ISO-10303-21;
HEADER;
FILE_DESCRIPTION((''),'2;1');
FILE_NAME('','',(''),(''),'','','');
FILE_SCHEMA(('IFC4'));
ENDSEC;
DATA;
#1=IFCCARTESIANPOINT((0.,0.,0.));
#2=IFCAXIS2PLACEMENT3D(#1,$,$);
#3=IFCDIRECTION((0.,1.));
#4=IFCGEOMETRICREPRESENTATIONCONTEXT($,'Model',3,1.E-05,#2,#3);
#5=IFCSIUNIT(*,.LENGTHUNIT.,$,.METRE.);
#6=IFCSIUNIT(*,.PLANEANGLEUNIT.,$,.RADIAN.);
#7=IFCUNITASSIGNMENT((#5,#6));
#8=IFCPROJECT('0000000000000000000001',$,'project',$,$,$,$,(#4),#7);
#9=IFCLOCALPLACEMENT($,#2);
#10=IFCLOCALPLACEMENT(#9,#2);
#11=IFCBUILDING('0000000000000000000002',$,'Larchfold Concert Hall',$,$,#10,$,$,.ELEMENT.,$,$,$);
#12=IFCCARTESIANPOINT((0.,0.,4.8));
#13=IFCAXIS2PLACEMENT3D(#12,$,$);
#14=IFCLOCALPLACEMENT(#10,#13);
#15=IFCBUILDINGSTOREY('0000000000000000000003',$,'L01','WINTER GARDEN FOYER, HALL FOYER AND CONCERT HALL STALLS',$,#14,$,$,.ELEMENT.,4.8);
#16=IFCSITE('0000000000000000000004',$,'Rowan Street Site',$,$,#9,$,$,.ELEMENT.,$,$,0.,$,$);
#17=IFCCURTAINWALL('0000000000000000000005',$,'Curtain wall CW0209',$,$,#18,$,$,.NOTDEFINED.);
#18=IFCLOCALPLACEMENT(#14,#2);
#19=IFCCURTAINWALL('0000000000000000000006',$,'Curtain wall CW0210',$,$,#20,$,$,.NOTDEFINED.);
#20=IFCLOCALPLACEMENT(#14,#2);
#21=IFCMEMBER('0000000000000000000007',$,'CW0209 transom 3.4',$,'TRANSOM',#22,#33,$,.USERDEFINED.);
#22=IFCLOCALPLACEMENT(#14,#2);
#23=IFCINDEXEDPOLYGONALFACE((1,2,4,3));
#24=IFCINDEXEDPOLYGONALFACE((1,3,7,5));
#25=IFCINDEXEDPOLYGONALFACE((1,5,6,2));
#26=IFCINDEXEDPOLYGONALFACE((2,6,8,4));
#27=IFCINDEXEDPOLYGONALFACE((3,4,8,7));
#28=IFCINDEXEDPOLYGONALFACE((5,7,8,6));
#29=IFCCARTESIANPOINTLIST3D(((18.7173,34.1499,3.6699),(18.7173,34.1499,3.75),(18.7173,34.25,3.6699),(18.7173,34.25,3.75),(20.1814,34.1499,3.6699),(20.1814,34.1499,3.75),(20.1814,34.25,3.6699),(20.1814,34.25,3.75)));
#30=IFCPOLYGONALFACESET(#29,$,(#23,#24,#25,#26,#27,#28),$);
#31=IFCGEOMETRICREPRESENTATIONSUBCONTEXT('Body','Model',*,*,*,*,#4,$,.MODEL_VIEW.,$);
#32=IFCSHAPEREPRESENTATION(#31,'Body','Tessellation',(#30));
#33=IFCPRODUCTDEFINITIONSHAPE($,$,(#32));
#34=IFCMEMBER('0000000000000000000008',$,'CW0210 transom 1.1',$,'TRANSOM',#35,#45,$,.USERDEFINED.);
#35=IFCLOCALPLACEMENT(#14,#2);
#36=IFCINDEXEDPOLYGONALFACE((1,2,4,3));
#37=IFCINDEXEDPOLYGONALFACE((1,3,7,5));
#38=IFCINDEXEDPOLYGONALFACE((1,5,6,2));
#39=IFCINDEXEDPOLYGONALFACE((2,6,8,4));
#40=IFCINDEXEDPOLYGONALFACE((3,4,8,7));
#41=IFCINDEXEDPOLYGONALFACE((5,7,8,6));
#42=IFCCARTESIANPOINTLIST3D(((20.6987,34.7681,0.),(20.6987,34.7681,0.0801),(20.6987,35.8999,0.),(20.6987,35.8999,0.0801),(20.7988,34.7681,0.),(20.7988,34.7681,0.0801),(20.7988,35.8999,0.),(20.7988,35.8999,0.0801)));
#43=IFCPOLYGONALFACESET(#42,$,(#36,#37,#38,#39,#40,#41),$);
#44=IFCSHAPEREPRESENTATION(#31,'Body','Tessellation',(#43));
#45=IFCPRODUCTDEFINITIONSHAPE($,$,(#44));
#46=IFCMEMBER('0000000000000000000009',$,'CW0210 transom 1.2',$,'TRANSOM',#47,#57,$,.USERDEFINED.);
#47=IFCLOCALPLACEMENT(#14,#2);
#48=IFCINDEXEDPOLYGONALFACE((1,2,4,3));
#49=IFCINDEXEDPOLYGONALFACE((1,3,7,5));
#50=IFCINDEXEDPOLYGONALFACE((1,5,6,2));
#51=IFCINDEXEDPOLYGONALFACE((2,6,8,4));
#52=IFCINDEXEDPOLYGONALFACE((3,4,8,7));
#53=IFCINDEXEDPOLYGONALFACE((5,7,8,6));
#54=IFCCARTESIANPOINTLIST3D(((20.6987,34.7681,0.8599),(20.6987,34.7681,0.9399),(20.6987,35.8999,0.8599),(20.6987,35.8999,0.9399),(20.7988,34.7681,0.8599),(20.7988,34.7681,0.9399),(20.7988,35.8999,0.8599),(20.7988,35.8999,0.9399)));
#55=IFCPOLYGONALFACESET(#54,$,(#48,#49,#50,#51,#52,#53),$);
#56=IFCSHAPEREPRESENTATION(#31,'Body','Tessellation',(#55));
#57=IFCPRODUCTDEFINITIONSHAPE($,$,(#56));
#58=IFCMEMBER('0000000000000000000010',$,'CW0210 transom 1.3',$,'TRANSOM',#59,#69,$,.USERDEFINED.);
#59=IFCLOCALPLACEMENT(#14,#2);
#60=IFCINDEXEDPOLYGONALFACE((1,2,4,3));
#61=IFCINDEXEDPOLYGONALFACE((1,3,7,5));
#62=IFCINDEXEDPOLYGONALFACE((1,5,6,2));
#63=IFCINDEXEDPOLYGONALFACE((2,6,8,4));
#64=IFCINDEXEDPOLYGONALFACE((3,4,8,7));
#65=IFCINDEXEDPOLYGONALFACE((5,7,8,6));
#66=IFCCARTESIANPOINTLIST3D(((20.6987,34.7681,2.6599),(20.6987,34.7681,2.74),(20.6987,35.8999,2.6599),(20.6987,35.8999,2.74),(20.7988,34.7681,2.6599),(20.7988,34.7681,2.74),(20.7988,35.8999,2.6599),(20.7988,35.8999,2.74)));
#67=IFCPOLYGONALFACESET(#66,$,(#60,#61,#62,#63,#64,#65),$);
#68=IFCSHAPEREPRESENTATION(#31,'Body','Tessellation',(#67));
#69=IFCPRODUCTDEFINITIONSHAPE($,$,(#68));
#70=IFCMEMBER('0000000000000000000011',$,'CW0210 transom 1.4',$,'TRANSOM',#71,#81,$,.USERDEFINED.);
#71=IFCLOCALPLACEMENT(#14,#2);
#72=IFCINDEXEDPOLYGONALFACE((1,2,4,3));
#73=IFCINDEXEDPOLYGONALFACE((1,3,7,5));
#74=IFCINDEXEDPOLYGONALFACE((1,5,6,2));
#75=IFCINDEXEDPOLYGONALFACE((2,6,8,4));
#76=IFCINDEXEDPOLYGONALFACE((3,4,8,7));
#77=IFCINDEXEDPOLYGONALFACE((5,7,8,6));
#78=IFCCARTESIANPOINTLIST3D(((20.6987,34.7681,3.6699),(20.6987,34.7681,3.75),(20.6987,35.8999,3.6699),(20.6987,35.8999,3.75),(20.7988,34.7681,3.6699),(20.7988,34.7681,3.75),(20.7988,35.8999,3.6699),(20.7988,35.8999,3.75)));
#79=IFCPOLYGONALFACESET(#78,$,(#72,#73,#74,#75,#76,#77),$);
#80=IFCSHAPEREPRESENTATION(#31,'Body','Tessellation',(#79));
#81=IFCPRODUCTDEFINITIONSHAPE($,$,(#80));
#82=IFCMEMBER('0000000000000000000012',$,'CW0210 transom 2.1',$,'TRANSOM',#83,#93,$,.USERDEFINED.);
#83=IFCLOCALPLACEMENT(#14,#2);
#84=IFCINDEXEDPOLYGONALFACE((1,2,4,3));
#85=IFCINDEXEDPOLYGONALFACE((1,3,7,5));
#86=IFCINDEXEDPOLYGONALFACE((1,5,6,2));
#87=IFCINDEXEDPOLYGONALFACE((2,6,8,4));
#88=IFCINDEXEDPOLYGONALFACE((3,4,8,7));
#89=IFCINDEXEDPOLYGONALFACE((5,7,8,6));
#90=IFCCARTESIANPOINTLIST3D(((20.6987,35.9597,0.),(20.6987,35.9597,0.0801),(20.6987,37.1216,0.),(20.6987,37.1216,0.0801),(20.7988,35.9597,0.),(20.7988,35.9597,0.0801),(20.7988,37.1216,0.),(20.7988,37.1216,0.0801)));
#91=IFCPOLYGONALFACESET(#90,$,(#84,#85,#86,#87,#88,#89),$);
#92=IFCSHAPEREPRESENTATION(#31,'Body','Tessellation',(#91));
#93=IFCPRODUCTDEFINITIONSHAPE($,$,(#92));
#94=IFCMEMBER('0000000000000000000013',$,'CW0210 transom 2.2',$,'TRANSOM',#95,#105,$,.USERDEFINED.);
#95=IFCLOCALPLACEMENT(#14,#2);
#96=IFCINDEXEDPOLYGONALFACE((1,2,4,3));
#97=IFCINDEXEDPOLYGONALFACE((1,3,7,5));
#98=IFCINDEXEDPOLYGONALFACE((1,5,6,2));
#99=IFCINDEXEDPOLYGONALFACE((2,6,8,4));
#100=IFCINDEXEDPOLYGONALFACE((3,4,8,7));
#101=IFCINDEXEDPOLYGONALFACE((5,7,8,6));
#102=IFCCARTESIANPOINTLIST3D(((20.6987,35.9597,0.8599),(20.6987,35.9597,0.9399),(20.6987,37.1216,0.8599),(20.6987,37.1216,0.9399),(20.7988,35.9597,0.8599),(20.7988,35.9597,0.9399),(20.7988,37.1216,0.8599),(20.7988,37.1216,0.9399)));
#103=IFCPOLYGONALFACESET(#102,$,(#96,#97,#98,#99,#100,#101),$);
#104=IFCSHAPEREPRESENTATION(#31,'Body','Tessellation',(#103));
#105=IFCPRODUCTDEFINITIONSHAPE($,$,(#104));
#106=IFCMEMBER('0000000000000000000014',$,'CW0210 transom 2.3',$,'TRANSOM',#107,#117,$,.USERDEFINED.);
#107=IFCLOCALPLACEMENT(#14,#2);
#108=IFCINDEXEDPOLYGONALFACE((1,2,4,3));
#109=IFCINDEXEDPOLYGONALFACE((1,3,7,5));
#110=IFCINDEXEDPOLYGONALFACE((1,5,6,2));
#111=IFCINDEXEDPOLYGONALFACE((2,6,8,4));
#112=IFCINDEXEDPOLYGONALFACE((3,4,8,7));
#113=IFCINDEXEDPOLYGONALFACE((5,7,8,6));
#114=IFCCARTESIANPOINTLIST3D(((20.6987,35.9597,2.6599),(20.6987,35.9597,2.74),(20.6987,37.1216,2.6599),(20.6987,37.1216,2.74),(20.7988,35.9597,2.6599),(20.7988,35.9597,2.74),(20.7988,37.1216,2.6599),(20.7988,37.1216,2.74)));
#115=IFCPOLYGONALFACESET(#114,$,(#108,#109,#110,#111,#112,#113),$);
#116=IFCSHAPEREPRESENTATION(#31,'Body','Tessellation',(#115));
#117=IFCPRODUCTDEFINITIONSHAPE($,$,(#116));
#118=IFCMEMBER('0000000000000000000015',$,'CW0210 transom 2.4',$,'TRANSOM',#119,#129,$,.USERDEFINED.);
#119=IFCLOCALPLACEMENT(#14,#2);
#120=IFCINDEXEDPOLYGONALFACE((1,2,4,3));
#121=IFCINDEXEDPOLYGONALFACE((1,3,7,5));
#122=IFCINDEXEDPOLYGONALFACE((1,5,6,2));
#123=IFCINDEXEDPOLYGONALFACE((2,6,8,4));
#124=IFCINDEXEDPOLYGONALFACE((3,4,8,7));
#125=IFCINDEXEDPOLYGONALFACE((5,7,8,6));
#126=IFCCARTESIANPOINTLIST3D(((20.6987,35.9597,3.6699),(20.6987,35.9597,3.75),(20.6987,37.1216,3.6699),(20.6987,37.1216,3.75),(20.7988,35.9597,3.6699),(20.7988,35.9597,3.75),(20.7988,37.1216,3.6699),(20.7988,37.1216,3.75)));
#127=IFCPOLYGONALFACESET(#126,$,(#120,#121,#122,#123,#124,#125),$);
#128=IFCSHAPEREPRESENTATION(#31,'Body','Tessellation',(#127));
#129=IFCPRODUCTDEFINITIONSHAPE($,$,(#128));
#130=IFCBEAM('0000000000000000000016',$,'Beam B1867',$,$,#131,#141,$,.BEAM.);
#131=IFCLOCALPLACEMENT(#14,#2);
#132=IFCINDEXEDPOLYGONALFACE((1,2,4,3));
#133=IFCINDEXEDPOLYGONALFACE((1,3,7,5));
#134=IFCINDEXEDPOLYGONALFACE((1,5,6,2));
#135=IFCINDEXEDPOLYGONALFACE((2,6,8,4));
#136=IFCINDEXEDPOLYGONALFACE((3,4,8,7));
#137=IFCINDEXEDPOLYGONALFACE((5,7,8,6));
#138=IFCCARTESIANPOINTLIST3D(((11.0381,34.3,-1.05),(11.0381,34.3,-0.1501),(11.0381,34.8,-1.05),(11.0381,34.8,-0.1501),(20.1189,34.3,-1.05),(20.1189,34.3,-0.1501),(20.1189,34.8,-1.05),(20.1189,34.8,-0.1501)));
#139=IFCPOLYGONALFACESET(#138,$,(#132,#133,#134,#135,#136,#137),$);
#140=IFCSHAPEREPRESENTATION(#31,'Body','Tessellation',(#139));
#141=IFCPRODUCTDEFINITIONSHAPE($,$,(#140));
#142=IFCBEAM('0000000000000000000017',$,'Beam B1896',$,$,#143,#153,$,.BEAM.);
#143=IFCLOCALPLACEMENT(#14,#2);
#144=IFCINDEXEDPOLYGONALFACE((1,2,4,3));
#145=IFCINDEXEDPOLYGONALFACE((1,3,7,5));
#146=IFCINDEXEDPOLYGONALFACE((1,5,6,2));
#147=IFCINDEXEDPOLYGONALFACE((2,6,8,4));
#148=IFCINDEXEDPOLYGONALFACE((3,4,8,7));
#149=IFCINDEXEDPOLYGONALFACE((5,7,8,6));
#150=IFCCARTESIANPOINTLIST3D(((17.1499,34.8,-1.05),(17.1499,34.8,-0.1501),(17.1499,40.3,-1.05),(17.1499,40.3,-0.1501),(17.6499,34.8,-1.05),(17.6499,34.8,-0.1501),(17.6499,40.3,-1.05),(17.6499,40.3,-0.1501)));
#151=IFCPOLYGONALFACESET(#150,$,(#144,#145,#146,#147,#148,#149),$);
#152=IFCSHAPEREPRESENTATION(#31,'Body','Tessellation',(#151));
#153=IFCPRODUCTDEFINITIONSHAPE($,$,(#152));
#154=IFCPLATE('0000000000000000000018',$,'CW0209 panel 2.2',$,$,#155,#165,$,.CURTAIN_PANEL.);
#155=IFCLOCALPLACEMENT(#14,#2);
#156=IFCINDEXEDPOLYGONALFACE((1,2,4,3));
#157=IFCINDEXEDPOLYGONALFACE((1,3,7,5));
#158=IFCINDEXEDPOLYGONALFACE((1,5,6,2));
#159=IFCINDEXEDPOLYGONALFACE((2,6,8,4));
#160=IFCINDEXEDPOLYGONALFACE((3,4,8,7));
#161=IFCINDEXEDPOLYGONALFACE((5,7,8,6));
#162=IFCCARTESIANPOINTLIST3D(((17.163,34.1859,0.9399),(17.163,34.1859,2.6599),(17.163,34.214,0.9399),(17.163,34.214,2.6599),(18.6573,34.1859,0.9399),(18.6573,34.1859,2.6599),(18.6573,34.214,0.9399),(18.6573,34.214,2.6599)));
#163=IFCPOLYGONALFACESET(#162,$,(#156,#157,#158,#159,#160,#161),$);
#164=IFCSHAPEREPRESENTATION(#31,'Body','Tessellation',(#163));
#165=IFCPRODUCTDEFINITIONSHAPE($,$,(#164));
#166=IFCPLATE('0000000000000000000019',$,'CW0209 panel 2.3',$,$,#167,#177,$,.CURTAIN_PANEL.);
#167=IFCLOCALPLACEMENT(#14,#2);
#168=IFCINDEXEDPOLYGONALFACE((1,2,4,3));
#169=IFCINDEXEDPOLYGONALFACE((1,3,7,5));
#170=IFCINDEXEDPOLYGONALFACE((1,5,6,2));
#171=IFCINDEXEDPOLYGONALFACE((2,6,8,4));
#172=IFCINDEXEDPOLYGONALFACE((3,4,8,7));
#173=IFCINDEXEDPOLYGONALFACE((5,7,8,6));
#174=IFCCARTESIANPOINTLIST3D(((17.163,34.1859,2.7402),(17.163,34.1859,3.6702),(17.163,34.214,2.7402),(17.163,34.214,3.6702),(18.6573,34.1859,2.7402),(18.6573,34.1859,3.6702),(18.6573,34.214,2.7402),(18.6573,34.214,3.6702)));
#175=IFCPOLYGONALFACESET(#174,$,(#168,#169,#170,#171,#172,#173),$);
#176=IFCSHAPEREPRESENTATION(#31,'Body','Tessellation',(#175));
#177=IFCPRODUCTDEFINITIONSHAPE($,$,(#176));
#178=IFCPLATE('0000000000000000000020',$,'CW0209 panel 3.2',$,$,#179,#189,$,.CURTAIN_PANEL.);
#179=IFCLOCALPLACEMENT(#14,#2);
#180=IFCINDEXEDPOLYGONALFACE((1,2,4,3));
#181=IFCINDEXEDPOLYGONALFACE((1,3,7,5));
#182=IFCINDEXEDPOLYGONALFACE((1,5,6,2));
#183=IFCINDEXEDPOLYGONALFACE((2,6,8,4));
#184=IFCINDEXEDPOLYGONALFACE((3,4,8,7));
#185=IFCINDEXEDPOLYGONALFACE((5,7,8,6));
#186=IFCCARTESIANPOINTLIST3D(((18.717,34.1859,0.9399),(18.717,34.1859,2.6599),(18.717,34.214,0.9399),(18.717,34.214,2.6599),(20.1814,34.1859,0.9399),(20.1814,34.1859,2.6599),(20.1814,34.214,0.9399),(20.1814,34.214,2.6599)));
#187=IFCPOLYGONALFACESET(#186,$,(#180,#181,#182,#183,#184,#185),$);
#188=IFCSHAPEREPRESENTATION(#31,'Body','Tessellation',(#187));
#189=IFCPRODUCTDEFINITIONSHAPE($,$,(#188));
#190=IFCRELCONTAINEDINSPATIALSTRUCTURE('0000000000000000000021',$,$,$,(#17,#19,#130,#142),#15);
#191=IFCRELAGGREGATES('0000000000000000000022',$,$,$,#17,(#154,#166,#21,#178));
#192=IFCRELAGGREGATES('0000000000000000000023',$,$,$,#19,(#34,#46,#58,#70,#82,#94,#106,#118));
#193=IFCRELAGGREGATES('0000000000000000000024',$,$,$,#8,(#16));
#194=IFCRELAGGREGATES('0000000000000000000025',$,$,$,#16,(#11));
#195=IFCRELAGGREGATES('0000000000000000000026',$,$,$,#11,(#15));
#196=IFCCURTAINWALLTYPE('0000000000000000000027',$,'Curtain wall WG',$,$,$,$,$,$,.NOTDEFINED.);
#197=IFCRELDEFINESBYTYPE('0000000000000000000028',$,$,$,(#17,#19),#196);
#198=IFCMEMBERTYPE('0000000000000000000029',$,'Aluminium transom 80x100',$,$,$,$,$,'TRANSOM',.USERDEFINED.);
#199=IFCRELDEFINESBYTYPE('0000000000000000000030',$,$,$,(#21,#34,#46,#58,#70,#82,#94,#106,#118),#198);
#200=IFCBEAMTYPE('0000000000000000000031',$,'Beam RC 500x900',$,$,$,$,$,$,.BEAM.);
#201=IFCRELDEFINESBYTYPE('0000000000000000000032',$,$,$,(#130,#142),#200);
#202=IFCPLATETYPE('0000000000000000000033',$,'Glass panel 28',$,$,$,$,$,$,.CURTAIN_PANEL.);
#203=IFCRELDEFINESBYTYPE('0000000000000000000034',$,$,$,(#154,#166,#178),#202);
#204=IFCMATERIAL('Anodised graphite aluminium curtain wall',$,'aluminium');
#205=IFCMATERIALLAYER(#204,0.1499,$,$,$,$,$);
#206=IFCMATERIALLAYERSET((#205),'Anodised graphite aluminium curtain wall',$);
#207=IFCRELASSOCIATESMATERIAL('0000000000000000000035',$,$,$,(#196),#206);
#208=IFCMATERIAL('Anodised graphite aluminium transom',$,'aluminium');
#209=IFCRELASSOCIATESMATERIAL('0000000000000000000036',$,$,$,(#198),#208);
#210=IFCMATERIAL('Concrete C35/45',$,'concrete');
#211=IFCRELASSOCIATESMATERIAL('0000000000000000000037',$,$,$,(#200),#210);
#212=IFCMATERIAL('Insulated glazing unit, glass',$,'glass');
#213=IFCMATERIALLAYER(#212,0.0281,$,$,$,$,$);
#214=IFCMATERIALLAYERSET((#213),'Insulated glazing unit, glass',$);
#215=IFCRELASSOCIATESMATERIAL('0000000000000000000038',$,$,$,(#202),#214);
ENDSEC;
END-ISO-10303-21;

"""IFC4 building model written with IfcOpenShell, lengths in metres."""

from ifc_helpers import new_model, si_unit, direction, frame, origin, origin_2d, place, context, subcontext, project, spatial, rectangle, extrude, material, layer, layer_set, material_profile, profile_set, type_object, element, aggregate, save


model = new_model("IFC4")

# Units and contexts
model_context = context("Model", 3, precision=1e-05, world=origin(), true_north=direction((0.0, 1.0)))
body_context = subcontext(model_context, "Body", "Model", "MODEL_VIEW")
ifc_project = project(units=[si_unit("LENGTHUNIT", "METRE"), si_unit("PLANEANGLEUNIT", "RADIAN")], contexts=[model_context])

# Site, building, storey
site_placement = place(None, origin())
site = spatial("IfcSite", under=ifc_project, at=site_placement, Name="Rowan Street Site", CompositionType="ELEMENT", RefElevation=0.0)
building_placement = place(site_placement, origin())
building = spatial("IfcBuilding", under=site, at=building_placement, Name="Larchfold Concert Hall", CompositionType="ELEMENT")
storey_placement = place(building_placement, frame((0.0, 0.0, 4.8)))
storey = spatial("IfcBuildingStorey", under=building, at=storey_placement, Name="L01", Description="WINTER GARDEN FOYER, HALL FOYER AND CONCERT HALL STALLS", CompositionType="ELEMENT", Elevation=4.8)

# Curtain walls
ifc_material_1 = material(Name="Anodised graphite aluminium curtain wall", Category="aluminium")
ifc_layer_1 = layer(ifc_material_1, 0.1499)
ifc_layer_set_1 = layer_set([ifc_layer_1], Name="Anodised graphite aluminium curtain wall")
curtain_wall_type = type_object("IfcCurtainWallType", Name="Curtain wall WG", PredefinedType="NOTDEFINED", material=ifc_layer_set_1)
curtain_wall_1_placement = place(storey_placement, origin())
curtain_wall_1 = element("IfcCurtainWall", 1, at=curtain_wall_1_placement, inside=storey, type_object=curtain_wall_type, Name="Curtain wall CW0209", PredefinedType="NOTDEFINED")
curtain_wall_2_placement = place(storey_placement, origin())
curtain_wall_2 = element("IfcCurtainWall", 2, at=curtain_wall_2_placement, inside=storey, type_object=curtain_wall_type, Name="Curtain wall CW0210", PredefinedType="NOTDEFINED")

# Members
ifc_material_2 = material(Name="Anodised graphite aluminium transom", Category="aluminium")
ifc_material_profile_1 = material_profile(ifc_material_2, rectangle(XDim=0.1001, YDim=0.0801, at=origin_2d()))
ifc_profile_set_1 = profile_set([ifc_material_profile_1], Name="Anodised graphite aluminium transom")
member_type_1 = type_object("IfcMemberType", Name="Aluminium transom 80x100", ElementType="TRANSOM", PredefinedType="USERDEFINED", material=ifc_profile_set_1)
member_1_placement = place(storey_placement, frame((18.7173, 34.2, 3.71), z_axis=(1.0, 0.0, 0.0), x_axis=(0.0, 1.0, 0.0)))
member_1 = element("IfcMember", 3, at=member_1_placement, type_object=member_type_1, Name="CW0209 transom 3.4", ObjectType="TRANSOM", PredefinedType="USERDEFINED", context=body_context, shape_type="SweptSolid", body=[
    extrude(rectangle(XDim=0.1001, YDim=0.0801, at=origin_2d()), origin(), (0.0, 0.0, 1.0), 1.4641),
])
member_2_placement = place(storey_placement, frame((20.7488, 34.7681, 0.04), z_axis=(0.0, 1.0, 0.0), x_axis=(-1.0, 0.0, 0.0)))
member_2 = element("IfcMember", 4, at=member_2_placement, type_object=member_type_1, Name="CW0210 transom 1.1", ObjectType="TRANSOM", PredefinedType="USERDEFINED", context=body_context, shape_type="SweptSolid", body=[
    extrude(rectangle(XDim=0.1001, YDim=0.0801, at=origin_2d()), origin(), (0.0, 0.0, 1.0), 1.1318),
])
member_3_placement = place(storey_placement, frame((20.7488, 34.7681, 0.8999), z_axis=(0.0, 1.0, 0.0), x_axis=(-1.0, 0.0, 0.0)))
member_3 = element("IfcMember", 5, at=member_3_placement, type_object=member_type_1, Name="CW0210 transom 1.2", ObjectType="TRANSOM", PredefinedType="USERDEFINED", context=body_context, shape_type="SweptSolid", body=[
    extrude(rectangle(XDim=0.1001, YDim=0.0801, at=origin_2d()), origin(), (0.0, 0.0, 1.0), 1.1318),
])
member_4_placement = place(storey_placement, frame((20.7488, 34.7681, 2.7), z_axis=(0.0, 1.0, 0.0), x_axis=(-1.0, 0.0, 0.0)))
member_4 = element("IfcMember", 6, at=member_4_placement, type_object=member_type_1, Name="CW0210 transom 1.3", ObjectType="TRANSOM", PredefinedType="USERDEFINED", context=body_context, shape_type="SweptSolid", body=[
    extrude(rectangle(XDim=0.1001, YDim=0.0801, at=origin_2d()), origin(), (0.0, 0.0, 1.0), 1.1318),
])
member_5_placement = place(storey_placement, frame((20.7488, 34.7681, 3.71), z_axis=(0.0, 1.0, 0.0), x_axis=(-1.0, 0.0, 0.0)))
member_5 = element("IfcMember", 7, at=member_5_placement, type_object=member_type_1, Name="CW0210 transom 1.4", ObjectType="TRANSOM", PredefinedType="USERDEFINED", context=body_context, shape_type="SweptSolid", body=[
    extrude(rectangle(XDim=0.1001, YDim=0.0801, at=origin_2d()), origin(), (0.0, 0.0, 1.0), 1.1318),
])
member_6_placement = place(storey_placement, frame((20.7488, 35.9597, 0.04), z_axis=(0.0, 1.0, 0.0), x_axis=(-1.0, 0.0, 0.0)))
member_6 = element("IfcMember", 8, at=member_6_placement, type_object=member_type_1, Name="CW0210 transom 2.1", ObjectType="TRANSOM", PredefinedType="USERDEFINED", context=body_context, shape_type="SweptSolid", body=[
    extrude(rectangle(XDim=0.1001, YDim=0.0801, at=origin_2d()), origin(), (0.0, 0.0, 1.0), 1.1619),
])
member_7_placement = place(storey_placement, frame((20.7488, 35.9597, 0.8999), z_axis=(0.0, 1.0, 0.0), x_axis=(-1.0, 0.0, 0.0)))
member_7 = element("IfcMember", 9, at=member_7_placement, type_object=member_type_1, Name="CW0210 transom 2.2", ObjectType="TRANSOM", PredefinedType="USERDEFINED", context=body_context, shape_type="SweptSolid", body=[
    extrude(rectangle(XDim=0.1001, YDim=0.0801, at=origin_2d()), origin(), (0.0, 0.0, 1.0), 1.1619),
])
member_8_placement = place(storey_placement, frame((20.7488, 35.9597, 2.7), z_axis=(0.0, 1.0, 0.0), x_axis=(-1.0, 0.0, 0.0)))
member_8 = element("IfcMember", 10, at=member_8_placement, type_object=member_type_1, Name="CW0210 transom 2.3", ObjectType="TRANSOM", PredefinedType="USERDEFINED", context=body_context, shape_type="SweptSolid", body=[
    extrude(rectangle(XDim=0.1001, YDim=0.0801, at=origin_2d()), origin(), (0.0, 0.0, 1.0), 1.1619),
])
member_9_placement = place(storey_placement, frame((20.7488, 35.9597, 3.71), z_axis=(0.0, 1.0, 0.0), x_axis=(-1.0, 0.0, 0.0)))
member_9 = element("IfcMember", 11, at=member_9_placement, type_object=member_type_1, Name="CW0210 transom 2.4", ObjectType="TRANSOM", PredefinedType="USERDEFINED", context=body_context, shape_type="SweptSolid", body=[
    extrude(rectangle(XDim=0.1001, YDim=0.0801, at=origin_2d()), origin(), (0.0, 0.0, 1.0), 1.1619),
])

# Beams
ifc_material_3 = material(Name="Concrete C35/45", Category="concrete")
ifc_material_profile_2 = material_profile(ifc_material_3, rectangle(XDim=0.5, YDim=0.8999, at=origin_2d()))
ifc_profile_set_2 = profile_set([ifc_material_profile_2], Name="Concrete C35/45")
beam_type = type_object("IfcBeamType", Name="Beam RC 500x900", PredefinedType="BEAM", material=ifc_profile_set_2)
beam_1_placement = place(storey_placement, frame((20.1189, 34.55, -0.6001), z_axis=(-1.0, 0.0, 0.0), x_axis=(0.0, -1.0, 0.0)))
element("IfcBeam", 12, at=beam_1_placement, inside=storey, type_object=beam_type, Name="Beam B1867", PredefinedType="BEAM", context=body_context, shape_type="SweptSolid", body=[
    extrude(rectangle(XDim=0.5, YDim=0.8999, at=origin_2d()), origin(), (0.0, 0.0, 1.0), 9.0808),
])
beam_2_placement = place(storey_placement, frame((17.3999, 34.8, -0.6001), z_axis=(0.0, 1.0, 0.0), x_axis=(-1.0, 0.0, 0.0)))
element("IfcBeam", 13, at=beam_2_placement, inside=storey, type_object=beam_type, Name="Beam B1896", PredefinedType="BEAM", context=body_context, shape_type="SweptSolid", body=[
    extrude(rectangle(XDim=0.5, YDim=0.8999, at=origin_2d()), origin(), (0.0, 0.0, 1.0), 5.5),
])

# Plates
ifc_material_4 = material(Name="Insulated glazing unit, glass", Category="glass")
ifc_layer_2 = layer(ifc_material_4, 0.0281)
ifc_layer_set_2 = layer_set([ifc_layer_2], Name="Insulated glazing unit, glass")
plate_type_1 = type_object("IfcPlateType", Name="Glass panel 28", PredefinedType="CURTAIN_PANEL", material=ifc_layer_set_2)
plate_1_placement = place(storey_placement, frame((17.9102, 34.2, 0.9399), z_axis=(0.0, 0.0, 1.0), x_axis=(1.0, 0.0, 0.0)))
plate_1 = element("IfcPlate", 14, at=plate_1_placement, type_object=plate_type_1, Name="CW0209 panel 2.2", PredefinedType="CURTAIN_PANEL", context=body_context, shape_type="SweptSolid", body=[
    extrude(rectangle(XDim=1.4944, YDim=0.0281, at=origin_2d()), origin(), (0.0, 0.0, 1.0), 1.72),
])
plate_2_placement = place(storey_placement, frame((17.9102, 34.2, 2.7402), z_axis=(0.0, 0.0, 1.0), x_axis=(1.0, 0.0, 0.0)))
plate_2 = element("IfcPlate", 15, at=plate_2_placement, type_object=plate_type_1, Name="CW0209 panel 2.3", PredefinedType="CURTAIN_PANEL", context=body_context, shape_type="SweptSolid", body=[
    extrude(rectangle(XDim=1.4944, YDim=0.0281, at=origin_2d()), origin(), (0.0, 0.0, 1.0), 0.9299),
])
plate_3_placement = place(storey_placement, frame((19.4492, 34.2, 0.9399), z_axis=(0.0, 0.0, 1.0), x_axis=(1.0, 0.0, 0.0)))
plate_3 = element("IfcPlate", 16, at=plate_3_placement, type_object=plate_type_1, Name="CW0209 panel 3.2", PredefinedType="CURTAIN_PANEL", context=body_context, shape_type="SweptSolid", body=[
    extrude(rectangle(XDim=1.4644, YDim=0.0281, at=origin_2d()), origin(), (0.0, 0.0, 1.0), 1.72),
])
aggregate(curtain_wall_1, [plate_1, plate_2, member_1, plate_3])
aggregate(curtain_wall_2, [member_2, member_3, member_4, member_5, member_6, member_7, member_8, member_9])

save(model, "model.ifc")
